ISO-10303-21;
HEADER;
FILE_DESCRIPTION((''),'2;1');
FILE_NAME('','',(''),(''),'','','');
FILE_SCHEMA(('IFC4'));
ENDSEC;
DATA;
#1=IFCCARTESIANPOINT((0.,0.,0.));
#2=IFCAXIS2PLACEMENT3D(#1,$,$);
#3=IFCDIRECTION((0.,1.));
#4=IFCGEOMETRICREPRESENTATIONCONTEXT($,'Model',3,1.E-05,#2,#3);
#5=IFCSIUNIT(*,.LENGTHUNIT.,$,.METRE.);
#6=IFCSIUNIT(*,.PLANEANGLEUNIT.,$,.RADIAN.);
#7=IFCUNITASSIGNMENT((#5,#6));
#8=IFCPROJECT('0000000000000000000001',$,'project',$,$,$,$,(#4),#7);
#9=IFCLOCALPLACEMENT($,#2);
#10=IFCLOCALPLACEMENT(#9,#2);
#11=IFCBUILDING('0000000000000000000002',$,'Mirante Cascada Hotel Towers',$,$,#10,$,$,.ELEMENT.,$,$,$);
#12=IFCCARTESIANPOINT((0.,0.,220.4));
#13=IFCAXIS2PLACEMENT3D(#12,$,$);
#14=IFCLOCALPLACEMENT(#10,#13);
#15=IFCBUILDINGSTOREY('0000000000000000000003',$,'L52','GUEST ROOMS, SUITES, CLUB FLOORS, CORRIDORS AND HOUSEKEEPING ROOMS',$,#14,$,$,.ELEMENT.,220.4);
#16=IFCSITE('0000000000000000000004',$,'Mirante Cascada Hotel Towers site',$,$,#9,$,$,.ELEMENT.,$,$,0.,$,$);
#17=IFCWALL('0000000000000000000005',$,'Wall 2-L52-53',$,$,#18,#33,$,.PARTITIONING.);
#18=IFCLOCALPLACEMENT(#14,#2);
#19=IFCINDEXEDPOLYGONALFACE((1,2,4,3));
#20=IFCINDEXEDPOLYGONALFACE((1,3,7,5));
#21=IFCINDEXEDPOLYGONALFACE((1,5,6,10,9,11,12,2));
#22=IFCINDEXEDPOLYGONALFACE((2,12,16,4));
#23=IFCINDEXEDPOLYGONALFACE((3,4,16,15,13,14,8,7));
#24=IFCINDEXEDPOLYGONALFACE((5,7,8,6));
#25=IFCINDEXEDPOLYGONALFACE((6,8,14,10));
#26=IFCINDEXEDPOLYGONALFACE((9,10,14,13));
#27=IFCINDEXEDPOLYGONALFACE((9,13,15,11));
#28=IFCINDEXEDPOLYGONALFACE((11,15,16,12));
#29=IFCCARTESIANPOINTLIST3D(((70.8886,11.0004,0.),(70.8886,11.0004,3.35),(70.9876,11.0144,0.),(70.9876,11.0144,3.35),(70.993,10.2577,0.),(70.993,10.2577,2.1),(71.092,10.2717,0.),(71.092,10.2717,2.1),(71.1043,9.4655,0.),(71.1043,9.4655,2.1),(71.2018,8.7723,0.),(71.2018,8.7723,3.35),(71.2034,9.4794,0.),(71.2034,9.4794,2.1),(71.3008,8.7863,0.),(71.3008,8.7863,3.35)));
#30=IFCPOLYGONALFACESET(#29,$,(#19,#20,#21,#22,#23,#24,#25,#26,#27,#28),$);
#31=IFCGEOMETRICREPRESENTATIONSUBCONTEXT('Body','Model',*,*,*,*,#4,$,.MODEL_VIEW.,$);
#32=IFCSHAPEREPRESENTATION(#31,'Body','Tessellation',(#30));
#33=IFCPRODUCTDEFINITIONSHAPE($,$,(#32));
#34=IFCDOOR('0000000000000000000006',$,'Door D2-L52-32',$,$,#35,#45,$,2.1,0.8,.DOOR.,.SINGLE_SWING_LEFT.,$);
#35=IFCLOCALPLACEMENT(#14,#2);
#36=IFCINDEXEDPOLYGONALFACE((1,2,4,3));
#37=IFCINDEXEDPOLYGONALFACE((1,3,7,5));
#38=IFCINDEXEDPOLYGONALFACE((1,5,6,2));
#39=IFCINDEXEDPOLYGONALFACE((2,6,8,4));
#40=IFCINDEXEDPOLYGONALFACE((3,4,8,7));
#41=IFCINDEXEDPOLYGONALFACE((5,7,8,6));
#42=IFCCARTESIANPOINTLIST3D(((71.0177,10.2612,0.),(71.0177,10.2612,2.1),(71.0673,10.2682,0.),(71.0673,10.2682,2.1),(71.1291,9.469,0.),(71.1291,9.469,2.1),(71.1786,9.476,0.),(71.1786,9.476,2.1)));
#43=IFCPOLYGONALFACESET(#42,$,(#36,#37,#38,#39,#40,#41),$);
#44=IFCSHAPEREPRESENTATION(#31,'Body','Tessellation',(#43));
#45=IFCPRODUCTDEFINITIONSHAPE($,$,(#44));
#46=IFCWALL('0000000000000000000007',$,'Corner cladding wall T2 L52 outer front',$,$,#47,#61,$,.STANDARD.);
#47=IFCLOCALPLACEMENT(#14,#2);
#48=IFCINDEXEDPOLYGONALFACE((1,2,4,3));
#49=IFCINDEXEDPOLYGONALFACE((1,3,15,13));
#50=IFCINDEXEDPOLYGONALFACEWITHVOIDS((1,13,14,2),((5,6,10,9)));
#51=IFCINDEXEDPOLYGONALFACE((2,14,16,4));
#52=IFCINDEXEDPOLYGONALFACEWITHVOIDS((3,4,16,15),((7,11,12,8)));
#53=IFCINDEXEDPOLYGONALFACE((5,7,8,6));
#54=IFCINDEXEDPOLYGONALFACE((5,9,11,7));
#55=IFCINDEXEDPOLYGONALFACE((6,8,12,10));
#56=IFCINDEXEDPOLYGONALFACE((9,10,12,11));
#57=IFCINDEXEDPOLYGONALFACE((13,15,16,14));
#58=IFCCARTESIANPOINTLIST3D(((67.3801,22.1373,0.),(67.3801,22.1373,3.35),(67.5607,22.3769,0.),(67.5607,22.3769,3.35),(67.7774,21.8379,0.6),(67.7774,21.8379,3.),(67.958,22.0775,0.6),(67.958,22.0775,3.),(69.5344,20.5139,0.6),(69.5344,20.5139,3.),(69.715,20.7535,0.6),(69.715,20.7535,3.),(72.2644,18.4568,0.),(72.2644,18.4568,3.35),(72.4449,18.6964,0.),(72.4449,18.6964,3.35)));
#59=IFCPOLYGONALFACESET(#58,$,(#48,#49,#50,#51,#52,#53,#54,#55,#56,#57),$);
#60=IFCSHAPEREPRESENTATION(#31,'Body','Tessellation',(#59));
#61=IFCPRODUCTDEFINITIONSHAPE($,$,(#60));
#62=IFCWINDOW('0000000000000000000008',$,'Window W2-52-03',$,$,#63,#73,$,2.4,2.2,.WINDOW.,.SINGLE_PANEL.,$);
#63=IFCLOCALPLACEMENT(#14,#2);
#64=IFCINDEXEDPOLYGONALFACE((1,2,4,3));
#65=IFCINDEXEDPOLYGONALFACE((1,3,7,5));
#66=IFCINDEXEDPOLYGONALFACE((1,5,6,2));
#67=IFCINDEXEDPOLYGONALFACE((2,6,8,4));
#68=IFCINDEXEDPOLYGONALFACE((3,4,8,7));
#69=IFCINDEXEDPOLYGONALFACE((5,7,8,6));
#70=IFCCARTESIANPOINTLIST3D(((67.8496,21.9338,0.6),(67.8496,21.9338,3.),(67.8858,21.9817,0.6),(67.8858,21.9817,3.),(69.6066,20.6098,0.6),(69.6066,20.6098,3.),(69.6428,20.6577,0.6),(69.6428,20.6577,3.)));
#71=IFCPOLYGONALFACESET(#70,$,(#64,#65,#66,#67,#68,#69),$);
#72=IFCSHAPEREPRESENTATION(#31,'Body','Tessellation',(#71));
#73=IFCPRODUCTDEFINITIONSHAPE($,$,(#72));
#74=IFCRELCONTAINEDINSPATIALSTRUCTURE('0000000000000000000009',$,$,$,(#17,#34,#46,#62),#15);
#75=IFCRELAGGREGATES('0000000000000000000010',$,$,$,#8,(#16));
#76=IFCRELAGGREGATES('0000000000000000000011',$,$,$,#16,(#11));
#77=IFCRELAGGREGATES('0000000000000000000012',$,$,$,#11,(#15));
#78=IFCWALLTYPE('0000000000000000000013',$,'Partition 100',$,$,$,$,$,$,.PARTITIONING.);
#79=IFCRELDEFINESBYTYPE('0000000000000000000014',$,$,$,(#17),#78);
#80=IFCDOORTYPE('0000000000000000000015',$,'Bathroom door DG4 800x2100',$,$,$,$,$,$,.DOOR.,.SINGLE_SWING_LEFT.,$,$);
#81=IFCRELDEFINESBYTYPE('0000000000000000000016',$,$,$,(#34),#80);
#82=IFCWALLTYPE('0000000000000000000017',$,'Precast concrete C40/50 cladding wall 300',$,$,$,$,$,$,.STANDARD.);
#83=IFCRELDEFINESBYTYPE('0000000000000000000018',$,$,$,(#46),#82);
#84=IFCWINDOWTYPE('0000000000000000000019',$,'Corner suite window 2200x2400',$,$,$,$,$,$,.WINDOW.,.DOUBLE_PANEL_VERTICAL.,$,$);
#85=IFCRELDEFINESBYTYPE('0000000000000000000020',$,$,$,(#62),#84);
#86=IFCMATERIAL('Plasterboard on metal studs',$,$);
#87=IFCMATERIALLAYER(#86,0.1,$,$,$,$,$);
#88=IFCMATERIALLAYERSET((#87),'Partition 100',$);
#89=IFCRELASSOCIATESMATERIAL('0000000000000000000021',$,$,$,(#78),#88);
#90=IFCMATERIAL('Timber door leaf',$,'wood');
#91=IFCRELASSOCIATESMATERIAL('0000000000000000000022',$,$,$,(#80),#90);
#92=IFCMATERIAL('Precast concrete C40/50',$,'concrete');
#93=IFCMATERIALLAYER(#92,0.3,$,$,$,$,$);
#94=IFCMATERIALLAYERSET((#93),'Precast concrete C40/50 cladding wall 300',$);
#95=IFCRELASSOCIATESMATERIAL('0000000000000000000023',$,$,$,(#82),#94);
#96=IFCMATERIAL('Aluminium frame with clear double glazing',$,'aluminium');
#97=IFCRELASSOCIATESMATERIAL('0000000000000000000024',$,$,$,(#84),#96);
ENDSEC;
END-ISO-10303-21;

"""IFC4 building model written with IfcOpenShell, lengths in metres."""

from ifc_helpers import new_model, si_unit, direction, frame, frame_2d, origin, place, context, subcontext, project, spatial, rectangle, extrude, material, layer, layer_set, type_object, element, fill, save


model = new_model("IFC4")

# Units and contexts
model_context = context("Model", 3, precision=1e-05, world=origin(), true_north=direction((0.0, 1.0)))
body_context = subcontext(model_context, "Body", "Model", "MODEL_VIEW")
ifc_project = project(units=[si_unit("LENGTHUNIT", "METRE"), si_unit("PLANEANGLEUNIT", "RADIAN")], contexts=[model_context])

# Site, building, storey
site_placement = place(None, origin())
site = spatial("IfcSite", under=ifc_project, at=site_placement, Name="Mirante Cascada Hotel Towers site", CompositionType="ELEMENT", RefElevation=0.0)
building_placement = place(site_placement, origin())
building = spatial("IfcBuilding", under=site, at=building_placement, Name="Mirante Cascada Hotel Towers", CompositionType="ELEMENT")
storey_placement = place(building_placement, frame((0.0, 0.0, 220.4)))
storey = spatial("IfcBuildingStorey", under=building, at=storey_placement, Name="L52", Description="GUEST ROOMS, SUITES, CLUB FLOORS, CORRIDORS AND HOUSEKEEPING ROOMS", CompositionType="ELEMENT", Elevation=220.4)

# Shared definitions
ifc_material_1 = material(Name="Plasterboard on metal studs")
ifc_layer_1 = layer(ifc_material_1, 0.1)
ifc_layer_set_1 = layer_set([ifc_layer_1], Name="Partition 100")
wall_type_1 = type_object("IfcWallType", Name="Partition 100", PredefinedType="PARTITIONING", material=ifc_layer_set_1)

# Shared definitions
ifc_material_2 = material(Name="Timber door leaf", Category="wood")
door_type = type_object("IfcDoorType", Name="Bathroom door DG4 800x2100", OperationType="SINGLE_SWING_LEFT", PredefinedType="DOOR", material=ifc_material_2)

# Wall, opening, door
wall_1_placement = place(storey_placement, frame((71.2513, 8.7793, 0.0), z_axis=(0.0, 0.0, 1.0), x_axis=(-0.1392, 0.990264, 0.0)))
wall_1 = element("IfcWall", 1, at=wall_1_placement, inside=storey, type_object=wall_type_1, Name="Wall 2-L52-53", PredefinedType="PARTITIONING", context=body_context, shape_type="SweptSolid", body=[
    extrude(rectangle(XDim=2.25, YDim=0.1, at=frame_2d((1.125, 0.0))), origin(), (0.0, 0.0, 1.0), 3.35),
])
opening_1_placement = place(wall_1_placement, frame((0.7, 0.0, 0.0)))
opening_1 = element("IfcOpeningElement", 2, at=opening_1_placement, cuts=wall_1, PredefinedType="OPENING", context=body_context, shape_type="SweptSolid", body=[
    extrude(rectangle(XDim=0.8, YDim=2.1, at=frame_2d((0.4, 1.05))), frame((0.0, 0.05, 0.0), z_axis=(0.0, -1.0, 0.0), x_axis=(1.0, 0.0, 0.0)), (0.0, 0.0, 1.0), 0.1),
])
door_1_placement = place(opening_1_placement, origin())
door_1 = element("IfcDoor", 3, at=door_1_placement, inside=storey, type_object=door_type, Name="Door D2-L52-32", OperationType="SINGLE_SWING_LEFT", OverallHeight=2.1, OverallWidth=0.8, PredefinedType="DOOR", context=body_context, shape_type="SweptSolid", body=[
    extrude(rectangle(XDim=0.8, YDim=2.1, at=frame_2d((0.4, 1.05))), frame((0.0, 0.025, 0.0), z_axis=(0.0, -1.0, 0.0), x_axis=(1.0, 0.0, 0.0)), (0.0, 0.0, 1.0), 0.05),
])
fill(opening_1, door_1)

# Wall, opening, window
ifc_material_3 = material(Name="Precast concrete C40/50", Category="concrete")
ifc_layer_2 = layer(ifc_material_3, 0.3)
ifc_layer_set_2 = layer_set([ifc_layer_2], Name="Precast concrete C40/50 cladding wall 300")
wall_type_2 = type_object("IfcWallType", Name="Precast concrete C40/50 cladding wall 300", PredefinedType="STANDARD", material=ifc_layer_set_2)
wall_2_placement = place(storey_placement, frame((72.3546, 18.5766, 0.0), z_axis=(0.0, 0.0, 1.0), x_axis=(-0.798636, 0.601814, 0.0)))
wall_2 = element("IfcWall", 4, at=wall_2_placement, inside=storey, type_object=wall_type_2, Name="Corner cladding wall T2 L52 outer front", PredefinedType="STANDARD", context=body_context, shape_type="SweptSolid", body=[
    extrude(rectangle(XDim=6.1157, YDim=0.3, at=frame_2d((3.0578, 0.0))), origin(), (0.0, 0.0, 1.0), 3.35),
])
opening_2_placement = place(wall_2_placement, frame((3.4182, 0.0, 0.6)))
opening_2 = element("IfcOpeningElement", 5, at=opening_2_placement, cuts=wall_2, PredefinedType="OPENING", context=body_context, shape_type="SweptSolid", body=[
    extrude(rectangle(XDim=2.2, YDim=2.4, at=frame_2d((1.1, 1.2))), frame((0.0, 0.15, 0.0), z_axis=(0.0, -1.0, 0.0), x_axis=(1.0, 0.0, 0.0)), (0.0, 0.0, 1.0), 0.3),
])
ifc_material_4 = material(Name="Aluminium frame with clear double glazing", Category="aluminium")
window_type = type_object("IfcWindowType", Name="Corner suite window 2200x2400", PartitioningType="DOUBLE_PANEL_VERTICAL", PredefinedType="WINDOW", material=ifc_material_4)
window_placement = place(opening_2_placement, origin())
window = element("IfcWindow", 6, at=window_placement, inside=storey, type_object=window_type, Name="Window W2-52-03", OverallHeight=2.4, OverallWidth=2.2, PartitioningType="SINGLE_PANEL", PredefinedType="WINDOW", context=body_context, shape_type="SweptSolid", body=[
    extrude(rectangle(XDim=2.2, YDim=2.4, at=frame_2d((1.1, 1.2))), frame((0.0, 0.03, 0.0), z_axis=(0.0, -1.0, 0.0), x_axis=(1.0, 0.0, 0.0)), (0.0, 0.0, 1.0), 0.06),
])
fill(opening_2, window)

save(model, "model.ifc")
